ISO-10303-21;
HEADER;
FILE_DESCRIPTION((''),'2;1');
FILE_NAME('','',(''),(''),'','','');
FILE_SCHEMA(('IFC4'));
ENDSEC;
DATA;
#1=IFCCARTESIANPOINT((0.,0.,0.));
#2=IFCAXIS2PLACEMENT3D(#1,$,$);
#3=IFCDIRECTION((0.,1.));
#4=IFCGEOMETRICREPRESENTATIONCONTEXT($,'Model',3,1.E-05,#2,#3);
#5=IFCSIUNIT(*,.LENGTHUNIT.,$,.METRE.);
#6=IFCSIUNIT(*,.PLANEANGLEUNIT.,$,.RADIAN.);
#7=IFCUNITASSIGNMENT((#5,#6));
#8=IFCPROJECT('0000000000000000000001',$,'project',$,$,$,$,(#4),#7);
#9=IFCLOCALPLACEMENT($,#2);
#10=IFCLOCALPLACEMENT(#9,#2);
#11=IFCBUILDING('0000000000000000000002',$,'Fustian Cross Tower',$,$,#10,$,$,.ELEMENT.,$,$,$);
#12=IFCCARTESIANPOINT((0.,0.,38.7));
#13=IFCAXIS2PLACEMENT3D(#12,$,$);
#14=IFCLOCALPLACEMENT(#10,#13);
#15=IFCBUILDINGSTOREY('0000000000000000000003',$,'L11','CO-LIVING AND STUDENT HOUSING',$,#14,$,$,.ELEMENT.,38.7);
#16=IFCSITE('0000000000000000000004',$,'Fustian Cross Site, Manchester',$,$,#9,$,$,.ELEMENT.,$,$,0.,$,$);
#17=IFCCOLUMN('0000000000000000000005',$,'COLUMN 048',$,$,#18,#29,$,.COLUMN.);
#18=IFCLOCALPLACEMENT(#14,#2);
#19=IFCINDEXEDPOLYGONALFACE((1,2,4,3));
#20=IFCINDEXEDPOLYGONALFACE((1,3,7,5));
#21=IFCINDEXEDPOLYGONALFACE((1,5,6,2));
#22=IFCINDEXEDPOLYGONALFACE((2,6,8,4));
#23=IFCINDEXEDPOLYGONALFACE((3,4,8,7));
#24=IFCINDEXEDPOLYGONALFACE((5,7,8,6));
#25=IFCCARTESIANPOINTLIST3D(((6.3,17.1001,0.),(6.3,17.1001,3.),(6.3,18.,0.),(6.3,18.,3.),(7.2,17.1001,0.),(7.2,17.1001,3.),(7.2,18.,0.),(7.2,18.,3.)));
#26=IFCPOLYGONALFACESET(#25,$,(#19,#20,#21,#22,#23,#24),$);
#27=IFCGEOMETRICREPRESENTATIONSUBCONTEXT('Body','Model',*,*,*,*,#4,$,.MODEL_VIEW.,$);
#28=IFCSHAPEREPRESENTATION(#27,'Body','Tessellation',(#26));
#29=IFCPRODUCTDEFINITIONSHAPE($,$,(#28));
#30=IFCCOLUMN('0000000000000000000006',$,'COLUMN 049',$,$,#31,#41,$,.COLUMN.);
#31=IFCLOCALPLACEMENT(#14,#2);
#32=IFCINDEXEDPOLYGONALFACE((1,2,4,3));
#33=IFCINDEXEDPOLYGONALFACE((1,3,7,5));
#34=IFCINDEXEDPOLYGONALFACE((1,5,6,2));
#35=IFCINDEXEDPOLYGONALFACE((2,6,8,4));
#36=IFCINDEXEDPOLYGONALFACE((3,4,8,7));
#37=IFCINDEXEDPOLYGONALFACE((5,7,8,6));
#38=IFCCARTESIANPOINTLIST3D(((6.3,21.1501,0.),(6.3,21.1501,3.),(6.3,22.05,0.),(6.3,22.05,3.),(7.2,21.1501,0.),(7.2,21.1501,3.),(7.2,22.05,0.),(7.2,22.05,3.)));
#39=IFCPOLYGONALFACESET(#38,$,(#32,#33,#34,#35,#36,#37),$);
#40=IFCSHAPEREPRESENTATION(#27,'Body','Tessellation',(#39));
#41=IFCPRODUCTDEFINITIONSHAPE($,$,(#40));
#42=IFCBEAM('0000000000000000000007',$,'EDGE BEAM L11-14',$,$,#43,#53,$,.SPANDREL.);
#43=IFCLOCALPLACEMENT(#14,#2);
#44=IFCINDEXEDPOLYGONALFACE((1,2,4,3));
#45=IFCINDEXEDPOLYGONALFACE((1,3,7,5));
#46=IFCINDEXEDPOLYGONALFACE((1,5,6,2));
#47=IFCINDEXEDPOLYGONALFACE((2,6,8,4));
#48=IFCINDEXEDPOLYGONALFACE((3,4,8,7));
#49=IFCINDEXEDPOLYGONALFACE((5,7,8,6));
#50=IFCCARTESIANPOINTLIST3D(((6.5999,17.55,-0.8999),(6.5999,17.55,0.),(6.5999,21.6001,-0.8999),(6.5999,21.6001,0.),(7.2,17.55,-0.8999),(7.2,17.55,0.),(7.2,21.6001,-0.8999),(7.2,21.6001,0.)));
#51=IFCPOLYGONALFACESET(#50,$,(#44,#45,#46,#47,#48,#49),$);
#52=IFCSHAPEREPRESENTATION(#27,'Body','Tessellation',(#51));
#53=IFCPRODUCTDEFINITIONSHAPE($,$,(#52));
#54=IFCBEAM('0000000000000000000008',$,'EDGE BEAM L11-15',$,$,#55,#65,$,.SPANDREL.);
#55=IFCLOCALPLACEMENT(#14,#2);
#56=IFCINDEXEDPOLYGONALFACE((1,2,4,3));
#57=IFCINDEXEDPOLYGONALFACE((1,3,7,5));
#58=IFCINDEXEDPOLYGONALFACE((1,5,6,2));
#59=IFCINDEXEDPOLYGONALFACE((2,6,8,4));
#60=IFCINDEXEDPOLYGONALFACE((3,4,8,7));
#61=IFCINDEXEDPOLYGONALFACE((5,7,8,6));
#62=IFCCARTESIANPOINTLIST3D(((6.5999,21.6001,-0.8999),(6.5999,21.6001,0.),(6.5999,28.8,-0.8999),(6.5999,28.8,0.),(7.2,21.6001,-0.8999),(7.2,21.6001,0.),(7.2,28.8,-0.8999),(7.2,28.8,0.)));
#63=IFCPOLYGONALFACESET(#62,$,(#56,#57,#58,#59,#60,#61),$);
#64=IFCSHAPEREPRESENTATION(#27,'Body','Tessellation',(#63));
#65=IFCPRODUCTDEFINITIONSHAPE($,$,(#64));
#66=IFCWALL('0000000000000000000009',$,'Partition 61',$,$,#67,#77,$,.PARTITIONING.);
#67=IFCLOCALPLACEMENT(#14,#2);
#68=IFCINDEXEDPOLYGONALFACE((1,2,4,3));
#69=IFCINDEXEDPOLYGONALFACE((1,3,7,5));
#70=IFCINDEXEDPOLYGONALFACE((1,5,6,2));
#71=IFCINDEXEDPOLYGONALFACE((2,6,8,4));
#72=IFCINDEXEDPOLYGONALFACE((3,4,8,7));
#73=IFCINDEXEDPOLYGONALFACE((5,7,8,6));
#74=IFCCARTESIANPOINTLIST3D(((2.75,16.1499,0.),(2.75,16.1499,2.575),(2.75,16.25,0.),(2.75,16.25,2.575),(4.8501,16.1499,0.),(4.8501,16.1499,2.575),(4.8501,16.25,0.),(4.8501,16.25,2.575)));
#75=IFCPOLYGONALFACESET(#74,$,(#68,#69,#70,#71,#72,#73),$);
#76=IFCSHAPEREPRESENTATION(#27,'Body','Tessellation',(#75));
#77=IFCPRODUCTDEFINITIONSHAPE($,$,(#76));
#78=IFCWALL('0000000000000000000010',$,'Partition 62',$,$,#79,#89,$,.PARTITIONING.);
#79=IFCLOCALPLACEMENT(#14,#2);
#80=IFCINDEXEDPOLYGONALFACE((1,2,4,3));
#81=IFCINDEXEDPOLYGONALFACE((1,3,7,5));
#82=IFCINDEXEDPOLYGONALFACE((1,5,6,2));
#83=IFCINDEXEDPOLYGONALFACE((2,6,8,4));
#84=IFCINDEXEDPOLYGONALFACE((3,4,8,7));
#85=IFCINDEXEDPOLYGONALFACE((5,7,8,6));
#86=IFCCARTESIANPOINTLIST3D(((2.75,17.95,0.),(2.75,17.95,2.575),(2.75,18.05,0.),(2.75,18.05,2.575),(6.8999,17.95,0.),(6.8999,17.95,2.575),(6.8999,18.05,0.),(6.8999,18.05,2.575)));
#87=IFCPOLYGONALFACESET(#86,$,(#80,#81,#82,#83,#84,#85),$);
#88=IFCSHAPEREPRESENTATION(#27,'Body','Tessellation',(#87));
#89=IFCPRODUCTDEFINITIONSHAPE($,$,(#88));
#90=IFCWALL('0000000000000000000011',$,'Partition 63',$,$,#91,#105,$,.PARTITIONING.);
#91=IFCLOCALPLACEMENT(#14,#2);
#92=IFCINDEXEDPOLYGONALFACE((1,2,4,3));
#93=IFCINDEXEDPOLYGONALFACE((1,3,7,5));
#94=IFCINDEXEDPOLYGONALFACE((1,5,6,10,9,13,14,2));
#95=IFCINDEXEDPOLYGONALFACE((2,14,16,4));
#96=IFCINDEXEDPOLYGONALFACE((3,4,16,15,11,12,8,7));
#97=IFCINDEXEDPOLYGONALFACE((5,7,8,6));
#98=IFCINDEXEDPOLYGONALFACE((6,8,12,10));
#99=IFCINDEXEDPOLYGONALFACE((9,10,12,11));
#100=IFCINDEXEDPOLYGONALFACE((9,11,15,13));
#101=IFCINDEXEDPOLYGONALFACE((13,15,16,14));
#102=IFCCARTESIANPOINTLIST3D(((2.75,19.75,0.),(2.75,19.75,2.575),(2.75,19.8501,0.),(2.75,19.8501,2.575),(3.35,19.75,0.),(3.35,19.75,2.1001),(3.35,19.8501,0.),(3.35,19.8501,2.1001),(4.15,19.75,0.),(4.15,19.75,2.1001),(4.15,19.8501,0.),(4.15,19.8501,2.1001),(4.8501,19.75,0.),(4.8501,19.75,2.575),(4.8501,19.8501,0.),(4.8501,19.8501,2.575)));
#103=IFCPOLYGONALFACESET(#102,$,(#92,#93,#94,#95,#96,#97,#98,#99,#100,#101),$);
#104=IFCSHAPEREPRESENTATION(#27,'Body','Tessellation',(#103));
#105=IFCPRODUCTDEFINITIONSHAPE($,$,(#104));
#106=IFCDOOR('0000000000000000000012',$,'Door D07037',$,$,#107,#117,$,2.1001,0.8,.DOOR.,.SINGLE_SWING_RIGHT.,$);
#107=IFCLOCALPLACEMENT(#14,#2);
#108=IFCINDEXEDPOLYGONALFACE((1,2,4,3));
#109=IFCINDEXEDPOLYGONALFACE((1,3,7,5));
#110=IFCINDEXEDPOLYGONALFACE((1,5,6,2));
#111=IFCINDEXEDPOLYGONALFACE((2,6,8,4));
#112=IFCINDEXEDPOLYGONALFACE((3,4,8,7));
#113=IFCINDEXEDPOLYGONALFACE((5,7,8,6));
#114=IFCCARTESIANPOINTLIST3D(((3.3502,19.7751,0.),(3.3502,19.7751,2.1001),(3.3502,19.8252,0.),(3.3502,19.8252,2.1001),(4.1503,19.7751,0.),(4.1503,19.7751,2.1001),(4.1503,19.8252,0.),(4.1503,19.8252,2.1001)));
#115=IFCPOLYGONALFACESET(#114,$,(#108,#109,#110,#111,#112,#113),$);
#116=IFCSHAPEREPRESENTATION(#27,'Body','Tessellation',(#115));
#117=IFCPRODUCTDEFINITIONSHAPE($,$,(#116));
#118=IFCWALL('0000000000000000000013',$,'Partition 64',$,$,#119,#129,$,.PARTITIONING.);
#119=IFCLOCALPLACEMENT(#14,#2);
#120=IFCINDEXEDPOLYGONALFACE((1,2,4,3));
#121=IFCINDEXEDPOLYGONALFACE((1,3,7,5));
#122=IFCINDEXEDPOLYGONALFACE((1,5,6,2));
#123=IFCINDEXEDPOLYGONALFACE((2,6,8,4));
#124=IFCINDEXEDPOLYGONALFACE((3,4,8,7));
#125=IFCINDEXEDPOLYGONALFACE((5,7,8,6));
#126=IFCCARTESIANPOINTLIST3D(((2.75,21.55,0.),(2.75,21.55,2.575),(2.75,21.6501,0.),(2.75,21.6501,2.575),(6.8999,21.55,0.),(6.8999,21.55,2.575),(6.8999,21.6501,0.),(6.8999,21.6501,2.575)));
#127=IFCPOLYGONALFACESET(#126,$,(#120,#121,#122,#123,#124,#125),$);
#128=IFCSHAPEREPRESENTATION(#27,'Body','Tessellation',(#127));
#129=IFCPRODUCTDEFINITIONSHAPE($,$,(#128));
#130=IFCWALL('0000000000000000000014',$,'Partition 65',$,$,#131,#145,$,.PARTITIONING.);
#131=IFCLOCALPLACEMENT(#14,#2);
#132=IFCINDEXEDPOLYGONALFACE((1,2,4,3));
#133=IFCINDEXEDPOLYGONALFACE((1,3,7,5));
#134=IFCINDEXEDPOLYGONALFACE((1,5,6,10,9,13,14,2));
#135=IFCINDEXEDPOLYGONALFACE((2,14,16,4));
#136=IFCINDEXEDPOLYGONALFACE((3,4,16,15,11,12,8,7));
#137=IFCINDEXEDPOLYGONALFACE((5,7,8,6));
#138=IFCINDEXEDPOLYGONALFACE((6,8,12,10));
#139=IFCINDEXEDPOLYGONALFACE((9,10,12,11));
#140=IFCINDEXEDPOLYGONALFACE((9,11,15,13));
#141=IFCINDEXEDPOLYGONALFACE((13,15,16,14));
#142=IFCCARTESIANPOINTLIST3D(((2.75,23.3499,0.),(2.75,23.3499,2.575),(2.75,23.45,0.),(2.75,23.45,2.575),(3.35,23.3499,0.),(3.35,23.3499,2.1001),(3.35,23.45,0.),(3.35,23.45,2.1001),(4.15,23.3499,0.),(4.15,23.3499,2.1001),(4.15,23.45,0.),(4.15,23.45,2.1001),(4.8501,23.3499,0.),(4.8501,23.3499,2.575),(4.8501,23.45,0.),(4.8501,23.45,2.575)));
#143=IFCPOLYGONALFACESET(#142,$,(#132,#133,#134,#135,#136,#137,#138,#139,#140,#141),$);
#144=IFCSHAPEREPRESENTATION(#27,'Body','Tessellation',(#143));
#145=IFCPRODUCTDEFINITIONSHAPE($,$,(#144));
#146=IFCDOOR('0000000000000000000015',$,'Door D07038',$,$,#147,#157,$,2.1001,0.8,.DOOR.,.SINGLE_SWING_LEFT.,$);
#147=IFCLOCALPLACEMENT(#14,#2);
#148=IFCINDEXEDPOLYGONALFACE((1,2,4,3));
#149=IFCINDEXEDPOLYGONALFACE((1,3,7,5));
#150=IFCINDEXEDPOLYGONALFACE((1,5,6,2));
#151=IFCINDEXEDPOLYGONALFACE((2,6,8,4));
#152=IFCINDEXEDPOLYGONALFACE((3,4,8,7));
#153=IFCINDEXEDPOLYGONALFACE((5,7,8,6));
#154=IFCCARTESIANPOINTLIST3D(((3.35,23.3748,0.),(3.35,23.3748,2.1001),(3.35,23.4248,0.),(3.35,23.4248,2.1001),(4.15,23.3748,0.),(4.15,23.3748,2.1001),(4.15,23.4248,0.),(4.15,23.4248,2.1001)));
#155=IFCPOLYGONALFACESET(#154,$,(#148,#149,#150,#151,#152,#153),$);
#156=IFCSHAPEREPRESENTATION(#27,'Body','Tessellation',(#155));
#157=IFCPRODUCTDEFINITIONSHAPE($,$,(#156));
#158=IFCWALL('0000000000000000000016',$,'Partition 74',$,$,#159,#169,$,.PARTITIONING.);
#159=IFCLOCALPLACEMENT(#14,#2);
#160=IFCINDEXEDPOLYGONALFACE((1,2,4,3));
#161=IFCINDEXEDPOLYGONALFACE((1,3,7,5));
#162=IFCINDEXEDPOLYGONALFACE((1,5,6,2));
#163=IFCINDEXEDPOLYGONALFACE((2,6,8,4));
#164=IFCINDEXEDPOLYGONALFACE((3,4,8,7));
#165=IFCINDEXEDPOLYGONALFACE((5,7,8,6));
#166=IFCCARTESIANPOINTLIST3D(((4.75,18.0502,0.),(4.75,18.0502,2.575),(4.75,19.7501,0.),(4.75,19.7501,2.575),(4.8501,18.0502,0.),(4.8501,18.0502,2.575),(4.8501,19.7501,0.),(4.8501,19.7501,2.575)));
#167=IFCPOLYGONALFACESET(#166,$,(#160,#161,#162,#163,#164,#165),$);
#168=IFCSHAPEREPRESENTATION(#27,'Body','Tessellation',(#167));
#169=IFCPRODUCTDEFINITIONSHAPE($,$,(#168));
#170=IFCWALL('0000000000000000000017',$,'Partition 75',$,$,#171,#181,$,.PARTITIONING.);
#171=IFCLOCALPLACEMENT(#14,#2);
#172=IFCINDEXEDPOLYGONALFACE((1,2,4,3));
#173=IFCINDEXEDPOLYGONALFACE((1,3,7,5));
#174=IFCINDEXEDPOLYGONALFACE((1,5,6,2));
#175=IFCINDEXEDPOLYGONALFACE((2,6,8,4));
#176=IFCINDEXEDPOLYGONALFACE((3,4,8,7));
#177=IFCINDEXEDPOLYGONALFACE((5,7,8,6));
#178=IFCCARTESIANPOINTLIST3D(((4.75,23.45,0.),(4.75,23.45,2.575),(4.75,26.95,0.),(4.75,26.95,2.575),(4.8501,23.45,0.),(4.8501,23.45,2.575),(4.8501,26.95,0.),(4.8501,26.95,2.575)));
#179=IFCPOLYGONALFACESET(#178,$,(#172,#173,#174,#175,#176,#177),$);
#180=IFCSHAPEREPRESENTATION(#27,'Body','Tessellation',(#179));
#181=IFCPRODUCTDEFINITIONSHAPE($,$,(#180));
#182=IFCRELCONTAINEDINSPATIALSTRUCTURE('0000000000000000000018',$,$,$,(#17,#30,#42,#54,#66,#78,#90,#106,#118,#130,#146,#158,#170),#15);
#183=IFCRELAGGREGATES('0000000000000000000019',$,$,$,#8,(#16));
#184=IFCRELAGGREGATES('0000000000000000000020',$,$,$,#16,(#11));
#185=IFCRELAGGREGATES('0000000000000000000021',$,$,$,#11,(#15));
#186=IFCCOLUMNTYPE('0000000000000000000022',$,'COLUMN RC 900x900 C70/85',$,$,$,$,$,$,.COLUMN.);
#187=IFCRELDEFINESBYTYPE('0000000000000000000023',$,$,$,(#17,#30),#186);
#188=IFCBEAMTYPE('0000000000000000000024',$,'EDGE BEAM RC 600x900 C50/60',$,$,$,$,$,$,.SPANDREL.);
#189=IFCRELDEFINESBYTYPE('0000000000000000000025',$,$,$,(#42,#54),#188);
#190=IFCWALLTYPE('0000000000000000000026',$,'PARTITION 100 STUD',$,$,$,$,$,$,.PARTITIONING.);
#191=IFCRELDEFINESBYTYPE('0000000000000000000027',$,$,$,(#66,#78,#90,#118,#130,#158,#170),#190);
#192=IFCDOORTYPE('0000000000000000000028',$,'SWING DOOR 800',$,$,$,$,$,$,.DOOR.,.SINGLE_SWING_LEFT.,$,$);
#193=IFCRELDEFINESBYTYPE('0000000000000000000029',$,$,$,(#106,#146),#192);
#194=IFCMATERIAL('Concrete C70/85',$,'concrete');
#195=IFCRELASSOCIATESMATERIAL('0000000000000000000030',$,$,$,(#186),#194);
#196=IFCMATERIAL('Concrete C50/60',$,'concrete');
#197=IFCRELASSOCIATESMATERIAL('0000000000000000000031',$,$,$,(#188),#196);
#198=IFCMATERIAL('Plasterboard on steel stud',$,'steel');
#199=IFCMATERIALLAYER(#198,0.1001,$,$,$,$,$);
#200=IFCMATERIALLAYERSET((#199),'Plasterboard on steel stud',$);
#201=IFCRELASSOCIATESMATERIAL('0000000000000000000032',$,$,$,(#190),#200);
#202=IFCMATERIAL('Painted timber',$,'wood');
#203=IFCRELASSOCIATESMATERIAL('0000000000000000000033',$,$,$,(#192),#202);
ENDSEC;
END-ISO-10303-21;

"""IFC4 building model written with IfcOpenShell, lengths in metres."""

from ifc_helpers import new_model, si_unit, direction, frame, frame_2d, origin, origin_2d, place, context, subcontext, project, spatial, rectangle, extrude, material, layer, layer_set, material_profile, profile_set, type_object, element, fill, save


model = new_model("IFC4")

# Units and contexts
model_context = context("Model", 3, precision=1e-05, world=origin(), true_north=direction((0.0, 1.0)))
body_context = subcontext(model_context, "Body", "Model", "MODEL_VIEW")
ifc_project = project(units=[si_unit("LENGTHUNIT", "METRE"), si_unit("PLANEANGLEUNIT", "RADIAN")], contexts=[model_context])

# Site, building, storey
site_placement = place(None, origin())
site = spatial("IfcSite", under=ifc_project, at=site_placement, Name="Fustian Cross Site, Manchester", CompositionType="ELEMENT", RefElevation=0.0)
building_placement = place(site_placement, origin())
building = spatial("IfcBuilding", under=site, at=building_placement, Name="Fustian Cross Tower", CompositionType="ELEMENT")
storey_placement = place(building_placement, frame((0.0, 0.0, 38.7)))
storey = spatial("IfcBuildingStorey", under=building, at=storey_placement, Name="L11", Description="CO-LIVING AND STUDENT HOUSING", CompositionType="ELEMENT", Elevation=38.7)

# Columns
ifc_material_1 = material(Name="Concrete C70/85", Category="concrete")
ifc_material_profile_1 = material_profile(ifc_material_1, rectangle(XDim=0.8999, YDim=0.8999, at=origin_2d()), Name="RC 900x900")
ifc_profile_set_1 = profile_set([ifc_material_profile_1], Name="Concrete C70/85")
column_type = type_object("IfcColumnType", Name="COLUMN RC 900x900 C70/85", PredefinedType="COLUMN", material=ifc_profile_set_1)
for number, where, z_axis, x_axis, name in (
    (1, (6.75, 17.55, 0.0), (0.0, 0.0, 1.0), (1.0, 0.0, 0.0), "COLUMN 048"),
    (2, (6.75, 21.6001, 0.0), (0.0, 0.0, 1.0), (1.0, 0.0, 0.0), "COLUMN 049"),
):
    element("IfcColumn", number, at=place(storey_placement, frame(where, z_axis=z_axis, x_axis=x_axis)), inside=storey, type_object=column_type, Name=name, PredefinedType="COLUMN", context=body_context, shape_type="SweptSolid", body=[
        extrude(rectangle(XDim=0.8999, YDim=0.8999, at=origin_2d()), origin(), (0.0, 0.0, 1.0), 3.0),
    ])

# Beams
ifc_material_2 = material(Name="Concrete C50/60", Category="concrete")
ifc_material_profile_2 = material_profile(ifc_material_2, rectangle(XDim=0.6001, YDim=0.8999, at=origin_2d()), Name="RC 600x900")
ifc_profile_set_2 = profile_set([ifc_material_profile_2], Name="Concrete C50/60")
beam_type = type_object("IfcBeamType", Name="EDGE BEAM RC 600x900 C50/60", PredefinedType="SPANDREL", material=ifc_profile_set_2)
beam_1_placement = place(storey_placement, frame((6.8999, 17.55, -0.45), z_axis=(0.0, 1.0, 0.0), x_axis=(-1.0, 0.0, 0.0)))
element("IfcBeam", 3, at=beam_1_placement, inside=storey, type_object=beam_type, Name="EDGE BEAM L11-14", PredefinedType="SPANDREL", context=body_context, shape_type="SweptSolid", body=[
    extrude(rectangle(XDim=0.6001, YDim=0.8999, at=origin_2d()), origin(), (0.0, 0.0, 1.0), 4.05),
])
beam_2_placement = place(storey_placement, frame((6.8999, 21.6001, -0.45), z_axis=(0.0, 1.0, 0.0), x_axis=(-1.0, 0.0, 0.0)))
element("IfcBeam", 4, at=beam_2_placement, inside=storey, type_object=beam_type, Name="EDGE BEAM L11-15", PredefinedType="SPANDREL", context=body_context, shape_type="SweptSolid", body=[
    extrude(rectangle(XDim=0.6001, YDim=0.8999, at=origin_2d()), origin(), (0.0, 0.0, 1.0), 7.2),
])

# Walls
ifc_material_3 = material(Name="Plasterboard on steel stud", Category="steel")
ifc_layer_1 = layer(ifc_material_3, 0.1001)
ifc_layer_set_1 = layer_set([ifc_layer_1], Name="Plasterboard on steel stud")
wall_type_1 = type_object("IfcWallType", Name="PARTITION 100 STUD", PredefinedType="PARTITIONING", material=ifc_layer_set_1)
wall_1_placement = place(storey_placement, frame((2.75, 16.2, 0.0), z_axis=(0.0, 0.0, 1.0), x_axis=(1.0, 0.0, 0.0)))
element("IfcWall", 5, at=wall_1_placement, inside=storey, type_object=wall_type_1, Name="Partition 61", PredefinedType="PARTITIONING", context=body_context, shape_type="SweptSolid", body=[
    extrude(rectangle(XDim=2.1001, YDim=0.1001, at=frame_2d((1.05, 0.0))), origin(), (0.0, 0.0, 1.0), 2.575),
])
wall_2_placement = place(storey_placement, frame((2.75, 18.0, 0.0), z_axis=(0.0, 0.0, 1.0), x_axis=(1.0, 0.0, 0.0)))
element("IfcWall", 6, at=wall_2_placement, inside=storey, type_object=wall_type_1, Name="Partition 62", PredefinedType="PARTITIONING", context=body_context, shape_type="SweptSolid", body=[
    extrude(rectangle(XDim=4.1499, YDim=0.1001, at=frame_2d((2.075, 0.0))), origin(), (0.0, 0.0, 1.0), 2.575),
])

# Wall, opening, door
wall_3_placement = place(storey_placement, frame((2.75, 19.8, 0.0), z_axis=(0.0, 0.0, 1.0), x_axis=(1.0, 0.0, 0.0)))
wall_3 = element("IfcWall", 7, at=wall_3_placement, inside=storey, type_object=wall_type_1, Name="Partition 63", PredefinedType="PARTITIONING", context=body_context, shape_type="SweptSolid", body=[
    extrude(rectangle(XDim=2.1001, YDim=0.1001, at=frame_2d((1.05, 0.0))), origin(), (0.0, 0.0, 1.0), 2.575),
])
opening_1_placement = place(wall_3_placement, frame((0.6001, 0.0, 0.0)))
opening_1 = element("IfcOpeningElement", 8, at=opening_1_placement, cuts=wall_3, PredefinedType="OPENING", context=body_context, shape_type="SweptSolid", body=[
    extrude(rectangle(XDim=0.8, YDim=2.1001, at=frame_2d((0.3999, 1.05))), frame((0.0, 0.0601, 0.0), z_axis=(0.0, -1.0, 0.0), x_axis=(1.0, 0.0, 0.0)), (0.0, 0.0, 1.0), 0.1201),
])
ifc_material_4 = material(Name="Painted timber", Category="wood")
door_type = type_object("IfcDoorType", Name="SWING DOOR 800", OperationType="SINGLE_SWING_LEFT", PredefinedType="DOOR", material=ifc_material_4)
door_1_placement = place(opening_1_placement, frame((0.8, 0.0, 0.0), z_axis=(0.0, 0.0, 1.0), x_axis=(-1.0, 0.0, 0.0)))
door_1 = element("IfcDoor", 9, at=door_1_placement, inside=storey, type_object=door_type, Name="Door D07037", OperationType="SINGLE_SWING_RIGHT", OverallHeight=2.1001, OverallWidth=0.8, PredefinedType="DOOR", context=body_context, shape_type="SweptSolid", body=[
    extrude(rectangle(XDim=0.8, YDim=2.1001, at=frame_2d((0.3999, 1.05))), frame((0.0, 0.0249, 0.0), z_axis=(0.0, -1.0, 0.0), x_axis=(1.0, 0.0, 0.0)), (0.0, 0.0, 1.0), 0.05),
])
fill(opening_1, door_1)

# Wall
wall_4_placement = place(storey_placement, frame((2.75, 21.6001, 0.0), z_axis=(0.0, 0.0, 1.0), x_axis=(1.0, 0.0, 0.0)))
element("IfcWall", 10, at=wall_4_placement, inside=storey, type_object=wall_type_1, Name="Partition 64", PredefinedType="PARTITIONING", context=body_context, shape_type="SweptSolid", body=[
    extrude(rectangle(XDim=4.1499, YDim=0.1001, at=frame_2d((2.075, 0.0))), origin(), (0.0, 0.0, 1.0), 2.575),
])

# Wall, opening, door
wall_5_placement = place(storey_placement, frame((2.75, 23.3999, 0.0), z_axis=(0.0, 0.0, 1.0), x_axis=(1.0, 0.0, 0.0)))
wall_5 = element("IfcWall", 11, at=wall_5_placement, inside=storey, type_object=wall_type_1, Name="Partition 65", PredefinedType="PARTITIONING", context=body_context, shape_type="SweptSolid", body=[
    extrude(rectangle(XDim=2.1001, YDim=0.1001, at=frame_2d((1.05, 0.0))), origin(), (0.0, 0.0, 1.0), 2.575),
])
opening_2_placement = place(wall_5_placement, frame((0.6001, 0.0, 0.0)))
opening_2 = element("IfcOpeningElement", 12, at=opening_2_placement, cuts=wall_5, PredefinedType="OPENING", context=body_context, shape_type="SweptSolid", body=[
    extrude(rectangle(XDim=0.8, YDim=2.1001, at=frame_2d((0.3999, 1.05))), frame((0.0, 0.0601, 0.0), z_axis=(0.0, -1.0, 0.0), x_axis=(1.0, 0.0, 0.0)), (0.0, 0.0, 1.0), 0.1201),
])
door_2_placement = place(opening_2_placement, origin())
door_2 = element("IfcDoor", 13, at=door_2_placement, inside=storey, type_object=door_type, Name="Door D07038", OperationType="SINGLE_SWING_LEFT", OverallHeight=2.1001, OverallWidth=0.8, PredefinedType="DOOR", context=body_context, shape_type="SweptSolid", body=[
    extrude(rectangle(XDim=0.8, YDim=2.1001, at=frame_2d((0.3999, 1.05))), frame((0.0, 0.0249, 0.0), z_axis=(0.0, -1.0, 0.0), x_axis=(1.0, 0.0, 0.0)), (0.0, 0.0, 1.0), 0.05),
])
fill(opening_2, door_2)

# Walls
wall_6_placement = place(storey_placement, frame((4.8, 18.05, 0.0), z_axis=(0.0, 0.0, 1.0), x_axis=(0.0, 1.0, 0.0)))
element("IfcWall", 14, at=wall_6_placement, inside=storey, type_object=wall_type_1, Name="Partition 74", PredefinedType="PARTITIONING", context=body_context, shape_type="SweptSolid", body=[
    extrude(rectangle(XDim=1.7, YDim=0.1001, at=frame_2d((0.8501, 0.0))), origin(), (0.0, 0.0, 1.0), 2.575),
])
wall_7_placement = place(storey_placement, frame((4.8, 23.45, 0.0), z_axis=(0.0, 0.0, 1.0), x_axis=(0.0, 1.0, 0.0)))
element("IfcWall", 15, at=wall_7_placement, inside=storey, type_object=wall_type_1, Name="Partition 75", PredefinedType="PARTITIONING", context=body_context, shape_type="SweptSolid", body=[
    extrude(rectangle(XDim=3.5, YDim=0.1001, at=frame_2d((1.75, 0.0))), origin(), (0.0, 0.0, 1.0), 2.575),
])

save(model, "model.ifc")
